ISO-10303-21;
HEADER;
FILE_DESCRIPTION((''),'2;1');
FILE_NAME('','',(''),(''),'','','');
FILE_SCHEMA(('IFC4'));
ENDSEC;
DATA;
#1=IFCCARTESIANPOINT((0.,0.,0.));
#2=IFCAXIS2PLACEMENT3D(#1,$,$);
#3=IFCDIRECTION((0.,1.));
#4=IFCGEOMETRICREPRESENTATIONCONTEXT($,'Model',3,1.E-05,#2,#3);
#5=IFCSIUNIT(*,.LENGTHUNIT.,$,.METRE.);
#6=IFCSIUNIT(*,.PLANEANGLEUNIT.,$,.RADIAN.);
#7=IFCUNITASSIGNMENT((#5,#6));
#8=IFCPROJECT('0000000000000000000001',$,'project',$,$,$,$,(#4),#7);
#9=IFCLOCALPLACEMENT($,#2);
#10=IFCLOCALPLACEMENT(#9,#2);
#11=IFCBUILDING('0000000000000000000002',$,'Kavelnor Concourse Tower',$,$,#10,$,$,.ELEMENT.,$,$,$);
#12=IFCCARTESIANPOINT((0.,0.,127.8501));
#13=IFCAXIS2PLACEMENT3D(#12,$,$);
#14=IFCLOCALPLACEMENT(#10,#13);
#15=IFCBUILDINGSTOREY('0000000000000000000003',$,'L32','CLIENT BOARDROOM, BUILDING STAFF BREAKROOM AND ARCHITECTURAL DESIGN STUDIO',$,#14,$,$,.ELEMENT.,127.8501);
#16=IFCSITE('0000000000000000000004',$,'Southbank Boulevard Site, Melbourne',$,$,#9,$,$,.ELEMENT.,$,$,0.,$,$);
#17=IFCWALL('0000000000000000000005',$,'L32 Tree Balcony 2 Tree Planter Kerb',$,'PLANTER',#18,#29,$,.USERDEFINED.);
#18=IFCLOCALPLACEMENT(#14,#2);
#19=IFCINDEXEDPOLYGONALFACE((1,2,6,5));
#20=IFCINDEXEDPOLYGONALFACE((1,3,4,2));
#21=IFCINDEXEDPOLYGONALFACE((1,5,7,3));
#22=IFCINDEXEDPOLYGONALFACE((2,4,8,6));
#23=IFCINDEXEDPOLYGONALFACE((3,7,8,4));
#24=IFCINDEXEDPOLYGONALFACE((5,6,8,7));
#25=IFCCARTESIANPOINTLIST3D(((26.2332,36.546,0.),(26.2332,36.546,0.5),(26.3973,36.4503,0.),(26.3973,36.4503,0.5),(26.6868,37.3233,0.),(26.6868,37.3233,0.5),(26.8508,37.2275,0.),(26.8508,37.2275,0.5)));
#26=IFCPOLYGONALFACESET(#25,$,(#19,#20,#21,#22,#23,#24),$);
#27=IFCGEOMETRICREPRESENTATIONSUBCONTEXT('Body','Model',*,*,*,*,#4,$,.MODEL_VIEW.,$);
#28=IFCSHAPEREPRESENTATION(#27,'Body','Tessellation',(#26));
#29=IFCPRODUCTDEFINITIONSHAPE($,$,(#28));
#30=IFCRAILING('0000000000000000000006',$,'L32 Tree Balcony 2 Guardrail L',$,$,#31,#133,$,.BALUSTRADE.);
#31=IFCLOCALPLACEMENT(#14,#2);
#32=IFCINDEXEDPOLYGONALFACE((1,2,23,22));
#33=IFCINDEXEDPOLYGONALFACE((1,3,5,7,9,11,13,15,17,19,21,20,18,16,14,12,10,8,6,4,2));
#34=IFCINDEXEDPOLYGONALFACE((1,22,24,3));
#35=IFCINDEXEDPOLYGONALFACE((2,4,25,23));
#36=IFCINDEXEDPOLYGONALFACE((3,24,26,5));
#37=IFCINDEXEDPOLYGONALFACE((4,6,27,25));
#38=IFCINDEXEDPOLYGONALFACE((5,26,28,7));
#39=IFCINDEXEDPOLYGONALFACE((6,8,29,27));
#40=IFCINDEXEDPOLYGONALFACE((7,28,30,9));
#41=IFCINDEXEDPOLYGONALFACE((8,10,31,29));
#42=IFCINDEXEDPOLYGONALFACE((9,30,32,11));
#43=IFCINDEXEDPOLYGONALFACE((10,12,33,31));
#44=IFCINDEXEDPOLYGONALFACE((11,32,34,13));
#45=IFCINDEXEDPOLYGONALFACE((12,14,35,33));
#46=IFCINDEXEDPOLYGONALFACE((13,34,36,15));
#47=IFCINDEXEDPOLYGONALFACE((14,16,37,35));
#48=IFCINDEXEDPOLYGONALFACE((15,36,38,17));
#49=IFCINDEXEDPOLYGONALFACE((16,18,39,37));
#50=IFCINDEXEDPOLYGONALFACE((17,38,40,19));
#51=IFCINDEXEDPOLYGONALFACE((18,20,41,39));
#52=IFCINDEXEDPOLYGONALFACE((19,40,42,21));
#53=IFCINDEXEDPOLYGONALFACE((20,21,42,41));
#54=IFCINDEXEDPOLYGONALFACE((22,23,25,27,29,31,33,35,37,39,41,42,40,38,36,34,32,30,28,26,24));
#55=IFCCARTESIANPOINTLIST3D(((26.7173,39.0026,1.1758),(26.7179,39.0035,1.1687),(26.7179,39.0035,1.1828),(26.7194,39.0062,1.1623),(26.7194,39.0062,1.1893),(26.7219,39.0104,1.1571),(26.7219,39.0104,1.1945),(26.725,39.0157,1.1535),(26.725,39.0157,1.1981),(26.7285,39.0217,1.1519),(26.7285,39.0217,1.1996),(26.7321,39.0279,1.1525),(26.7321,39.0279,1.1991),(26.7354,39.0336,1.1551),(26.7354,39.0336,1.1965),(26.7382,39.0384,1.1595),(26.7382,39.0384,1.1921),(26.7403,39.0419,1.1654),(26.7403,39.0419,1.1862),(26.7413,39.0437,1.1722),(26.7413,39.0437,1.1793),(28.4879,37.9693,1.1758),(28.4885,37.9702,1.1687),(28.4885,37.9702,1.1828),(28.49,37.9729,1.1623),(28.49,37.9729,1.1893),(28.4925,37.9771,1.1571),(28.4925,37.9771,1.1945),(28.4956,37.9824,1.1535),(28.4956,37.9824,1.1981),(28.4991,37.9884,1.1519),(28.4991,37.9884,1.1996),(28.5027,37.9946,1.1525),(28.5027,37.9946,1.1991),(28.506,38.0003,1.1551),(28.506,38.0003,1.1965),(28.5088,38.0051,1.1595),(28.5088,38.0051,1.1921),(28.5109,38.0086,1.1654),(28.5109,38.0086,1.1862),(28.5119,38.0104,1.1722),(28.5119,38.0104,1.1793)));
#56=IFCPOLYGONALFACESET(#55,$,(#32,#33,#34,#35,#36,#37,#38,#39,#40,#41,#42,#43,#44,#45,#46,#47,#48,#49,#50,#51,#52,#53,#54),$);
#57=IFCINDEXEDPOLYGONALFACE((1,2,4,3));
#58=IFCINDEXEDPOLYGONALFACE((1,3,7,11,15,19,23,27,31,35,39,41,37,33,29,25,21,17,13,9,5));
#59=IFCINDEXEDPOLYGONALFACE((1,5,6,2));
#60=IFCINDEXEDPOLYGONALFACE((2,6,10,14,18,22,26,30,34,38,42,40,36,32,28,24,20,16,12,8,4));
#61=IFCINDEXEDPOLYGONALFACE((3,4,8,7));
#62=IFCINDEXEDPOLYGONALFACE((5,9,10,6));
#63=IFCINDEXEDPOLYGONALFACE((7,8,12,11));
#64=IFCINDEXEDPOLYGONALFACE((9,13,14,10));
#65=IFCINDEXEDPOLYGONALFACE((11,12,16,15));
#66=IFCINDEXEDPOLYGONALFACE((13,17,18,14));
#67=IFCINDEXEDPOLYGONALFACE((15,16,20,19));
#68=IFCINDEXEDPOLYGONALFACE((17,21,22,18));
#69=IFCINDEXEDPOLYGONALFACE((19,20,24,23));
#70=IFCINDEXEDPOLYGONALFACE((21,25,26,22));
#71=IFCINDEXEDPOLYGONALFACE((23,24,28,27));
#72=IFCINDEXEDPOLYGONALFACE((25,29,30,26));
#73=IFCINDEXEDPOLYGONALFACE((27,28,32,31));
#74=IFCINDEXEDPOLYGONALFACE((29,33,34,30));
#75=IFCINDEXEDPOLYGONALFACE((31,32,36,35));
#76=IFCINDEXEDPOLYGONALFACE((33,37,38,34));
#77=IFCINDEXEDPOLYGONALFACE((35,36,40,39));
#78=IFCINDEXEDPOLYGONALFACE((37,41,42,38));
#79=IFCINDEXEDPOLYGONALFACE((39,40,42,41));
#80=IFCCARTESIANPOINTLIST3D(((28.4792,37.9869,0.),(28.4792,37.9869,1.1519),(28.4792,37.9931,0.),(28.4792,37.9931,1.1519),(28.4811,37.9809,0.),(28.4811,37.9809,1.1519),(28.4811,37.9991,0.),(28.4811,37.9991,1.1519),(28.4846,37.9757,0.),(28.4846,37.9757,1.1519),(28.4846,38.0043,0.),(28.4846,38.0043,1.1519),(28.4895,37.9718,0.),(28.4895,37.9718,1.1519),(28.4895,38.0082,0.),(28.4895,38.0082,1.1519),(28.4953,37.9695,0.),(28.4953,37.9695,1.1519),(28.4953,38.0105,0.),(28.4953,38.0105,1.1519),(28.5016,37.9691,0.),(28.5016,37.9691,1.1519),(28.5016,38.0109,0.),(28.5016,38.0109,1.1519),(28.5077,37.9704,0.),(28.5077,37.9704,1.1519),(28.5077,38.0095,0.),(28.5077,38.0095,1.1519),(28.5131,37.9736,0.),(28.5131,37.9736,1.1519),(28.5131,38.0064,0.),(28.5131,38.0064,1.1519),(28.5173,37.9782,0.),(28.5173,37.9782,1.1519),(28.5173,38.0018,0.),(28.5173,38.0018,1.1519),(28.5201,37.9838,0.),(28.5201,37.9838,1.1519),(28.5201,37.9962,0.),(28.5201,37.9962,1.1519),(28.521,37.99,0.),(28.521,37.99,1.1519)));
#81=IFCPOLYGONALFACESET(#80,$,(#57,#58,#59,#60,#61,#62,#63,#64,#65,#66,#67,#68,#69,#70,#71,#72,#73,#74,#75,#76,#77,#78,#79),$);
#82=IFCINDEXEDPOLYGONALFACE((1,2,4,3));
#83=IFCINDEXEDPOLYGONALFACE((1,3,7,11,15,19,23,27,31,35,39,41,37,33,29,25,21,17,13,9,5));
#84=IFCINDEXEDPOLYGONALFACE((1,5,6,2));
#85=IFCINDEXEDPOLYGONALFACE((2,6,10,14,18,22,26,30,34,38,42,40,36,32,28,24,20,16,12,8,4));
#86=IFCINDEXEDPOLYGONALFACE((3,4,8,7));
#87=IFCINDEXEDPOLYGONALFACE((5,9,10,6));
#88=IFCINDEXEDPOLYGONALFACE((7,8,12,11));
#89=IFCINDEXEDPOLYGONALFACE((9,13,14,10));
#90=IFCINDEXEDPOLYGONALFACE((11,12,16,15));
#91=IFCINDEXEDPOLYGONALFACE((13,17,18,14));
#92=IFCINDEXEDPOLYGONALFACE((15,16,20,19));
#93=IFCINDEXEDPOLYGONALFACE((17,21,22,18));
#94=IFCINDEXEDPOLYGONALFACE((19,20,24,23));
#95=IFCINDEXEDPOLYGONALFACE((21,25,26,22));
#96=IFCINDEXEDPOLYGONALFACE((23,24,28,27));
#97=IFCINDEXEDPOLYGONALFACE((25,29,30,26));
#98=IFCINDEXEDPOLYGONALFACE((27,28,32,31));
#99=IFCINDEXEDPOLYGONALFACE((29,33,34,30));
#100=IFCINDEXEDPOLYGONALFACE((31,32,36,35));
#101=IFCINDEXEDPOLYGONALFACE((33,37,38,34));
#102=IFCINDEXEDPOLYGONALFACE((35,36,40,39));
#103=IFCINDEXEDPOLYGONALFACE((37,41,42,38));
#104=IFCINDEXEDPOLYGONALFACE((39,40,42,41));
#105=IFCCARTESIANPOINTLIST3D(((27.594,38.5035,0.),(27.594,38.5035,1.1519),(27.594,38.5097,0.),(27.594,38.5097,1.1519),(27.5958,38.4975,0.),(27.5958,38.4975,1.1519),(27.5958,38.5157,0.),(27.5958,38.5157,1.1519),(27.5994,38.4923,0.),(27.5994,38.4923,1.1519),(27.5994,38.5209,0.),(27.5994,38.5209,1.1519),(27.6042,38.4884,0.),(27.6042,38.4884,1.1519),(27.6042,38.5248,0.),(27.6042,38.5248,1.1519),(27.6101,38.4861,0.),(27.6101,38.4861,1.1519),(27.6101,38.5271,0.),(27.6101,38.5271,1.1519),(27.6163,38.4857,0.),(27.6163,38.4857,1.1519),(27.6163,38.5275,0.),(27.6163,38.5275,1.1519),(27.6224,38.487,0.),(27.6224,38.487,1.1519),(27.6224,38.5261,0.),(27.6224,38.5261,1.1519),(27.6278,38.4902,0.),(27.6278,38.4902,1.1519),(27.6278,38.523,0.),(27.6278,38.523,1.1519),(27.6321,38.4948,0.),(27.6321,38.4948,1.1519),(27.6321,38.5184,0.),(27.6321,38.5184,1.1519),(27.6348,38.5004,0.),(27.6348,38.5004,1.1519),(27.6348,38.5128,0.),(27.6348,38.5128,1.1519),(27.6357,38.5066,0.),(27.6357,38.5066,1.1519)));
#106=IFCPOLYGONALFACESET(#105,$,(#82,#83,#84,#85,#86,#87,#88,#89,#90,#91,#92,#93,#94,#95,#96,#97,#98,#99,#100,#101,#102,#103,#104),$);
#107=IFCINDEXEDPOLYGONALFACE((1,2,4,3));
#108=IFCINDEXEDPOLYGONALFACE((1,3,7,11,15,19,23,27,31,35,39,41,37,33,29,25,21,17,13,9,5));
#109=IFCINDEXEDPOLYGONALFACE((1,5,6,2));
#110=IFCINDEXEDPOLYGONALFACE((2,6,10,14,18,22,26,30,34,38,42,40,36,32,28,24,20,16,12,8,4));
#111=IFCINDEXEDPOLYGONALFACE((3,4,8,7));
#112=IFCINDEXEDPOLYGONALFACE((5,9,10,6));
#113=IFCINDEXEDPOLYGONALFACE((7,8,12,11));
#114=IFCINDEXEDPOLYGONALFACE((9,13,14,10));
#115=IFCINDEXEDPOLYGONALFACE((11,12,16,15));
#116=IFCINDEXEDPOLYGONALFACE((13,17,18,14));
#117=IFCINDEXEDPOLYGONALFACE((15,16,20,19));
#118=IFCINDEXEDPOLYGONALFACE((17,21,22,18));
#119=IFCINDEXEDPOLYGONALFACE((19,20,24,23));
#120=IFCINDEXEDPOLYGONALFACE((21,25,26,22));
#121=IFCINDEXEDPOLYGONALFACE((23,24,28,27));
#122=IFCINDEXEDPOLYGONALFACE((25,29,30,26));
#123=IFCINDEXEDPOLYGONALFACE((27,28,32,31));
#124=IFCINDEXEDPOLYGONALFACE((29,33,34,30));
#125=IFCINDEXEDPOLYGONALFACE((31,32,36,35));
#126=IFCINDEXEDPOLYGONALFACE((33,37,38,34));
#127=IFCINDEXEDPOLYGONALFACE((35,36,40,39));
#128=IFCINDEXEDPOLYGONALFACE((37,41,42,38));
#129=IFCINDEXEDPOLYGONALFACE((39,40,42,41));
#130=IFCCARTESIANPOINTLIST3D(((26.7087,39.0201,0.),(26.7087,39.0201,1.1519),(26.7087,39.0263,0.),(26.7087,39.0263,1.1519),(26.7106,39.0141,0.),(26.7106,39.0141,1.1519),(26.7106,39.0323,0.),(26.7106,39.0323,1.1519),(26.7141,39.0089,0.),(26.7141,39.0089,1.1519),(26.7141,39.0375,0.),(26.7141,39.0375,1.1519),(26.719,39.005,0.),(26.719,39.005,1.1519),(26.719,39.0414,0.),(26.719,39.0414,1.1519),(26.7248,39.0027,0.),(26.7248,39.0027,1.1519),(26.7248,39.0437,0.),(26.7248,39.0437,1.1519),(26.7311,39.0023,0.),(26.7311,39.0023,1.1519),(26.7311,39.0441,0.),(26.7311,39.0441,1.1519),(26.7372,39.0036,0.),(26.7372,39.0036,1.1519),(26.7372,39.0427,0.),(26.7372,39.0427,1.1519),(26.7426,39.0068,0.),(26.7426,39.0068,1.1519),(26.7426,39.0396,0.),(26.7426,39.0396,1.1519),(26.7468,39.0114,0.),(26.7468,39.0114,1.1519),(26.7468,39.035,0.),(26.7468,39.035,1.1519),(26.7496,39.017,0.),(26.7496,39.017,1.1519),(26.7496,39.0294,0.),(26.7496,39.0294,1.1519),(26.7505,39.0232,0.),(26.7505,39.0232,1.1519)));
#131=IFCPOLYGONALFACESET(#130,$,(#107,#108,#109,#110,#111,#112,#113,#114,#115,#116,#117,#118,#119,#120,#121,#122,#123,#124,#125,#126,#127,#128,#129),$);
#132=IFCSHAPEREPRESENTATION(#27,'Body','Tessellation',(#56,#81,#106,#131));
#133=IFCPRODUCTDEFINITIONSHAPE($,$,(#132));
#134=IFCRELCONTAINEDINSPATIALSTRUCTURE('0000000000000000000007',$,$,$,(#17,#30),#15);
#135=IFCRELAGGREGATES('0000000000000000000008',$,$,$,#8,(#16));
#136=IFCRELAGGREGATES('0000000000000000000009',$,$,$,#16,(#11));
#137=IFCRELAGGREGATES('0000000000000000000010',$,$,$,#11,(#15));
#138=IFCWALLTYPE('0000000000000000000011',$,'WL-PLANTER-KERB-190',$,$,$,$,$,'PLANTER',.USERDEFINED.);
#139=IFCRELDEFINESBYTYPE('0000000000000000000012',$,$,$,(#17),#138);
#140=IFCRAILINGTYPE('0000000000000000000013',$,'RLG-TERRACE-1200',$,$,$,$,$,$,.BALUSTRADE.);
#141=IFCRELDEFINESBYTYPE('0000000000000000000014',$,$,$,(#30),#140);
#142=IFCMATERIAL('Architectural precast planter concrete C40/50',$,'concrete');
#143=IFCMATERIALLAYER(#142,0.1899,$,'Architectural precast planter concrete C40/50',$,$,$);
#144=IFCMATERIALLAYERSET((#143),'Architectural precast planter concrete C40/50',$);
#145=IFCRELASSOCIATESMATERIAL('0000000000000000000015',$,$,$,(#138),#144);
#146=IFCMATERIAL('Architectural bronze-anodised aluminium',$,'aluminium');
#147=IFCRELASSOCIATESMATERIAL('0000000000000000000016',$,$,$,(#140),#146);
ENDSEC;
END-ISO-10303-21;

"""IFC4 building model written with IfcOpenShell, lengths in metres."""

from ifc_helpers import new_model, si_unit, direction, frame, frame_2d, origin, origin_2d, place, context, subcontext, project, spatial, rectangle, circle, extrude, material, layer, layer_set, type_object, element, save


model = new_model("IFC4")

# Units and contexts
model_context = context("Model", 3, precision=1e-05, world=origin(), true_north=direction((0.0, 1.0)))
body_context = subcontext(model_context, "Body", "Model", "MODEL_VIEW")
ifc_project = project(units=[si_unit("LENGTHUNIT", "METRE"), si_unit("PLANEANGLEUNIT", "RADIAN")], contexts=[model_context])

# Site, building, storey
site_placement = place(None, origin())
site = spatial("IfcSite", under=ifc_project, at=site_placement, Name="Southbank Boulevard Site, Melbourne", CompositionType="ELEMENT", RefElevation=0.0)
building_placement = place(site_placement, origin())
building = spatial("IfcBuilding", under=site, at=building_placement, Name="Kavelnor Concourse Tower", CompositionType="ELEMENT")
storey_placement = place(building_placement, frame((0.0, 0.0, 127.8501)))
storey = spatial("IfcBuildingStorey", under=building, at=storey_placement, Name="L32", Description="CLIENT BOARDROOM, BUILDING STAFF BREAKROOM AND ARCHITECTURAL DESIGN STUDIO", CompositionType="ELEMENT", Elevation=127.8501)

# Wall
ifc_material_1 = material(Name="Architectural precast planter concrete C40/50", Category="concrete")
ifc_layer_1 = layer(ifc_material_1, 0.1899, Name="Architectural precast planter concrete C40/50")
ifc_layer_set_1 = layer_set([ifc_layer_1], Name="Architectural precast planter concrete C40/50")
wall_type_1 = type_object("IfcWallType", Name="WL-PLANTER-KERB-190", ElementType="PLANTER", PredefinedType="USERDEFINED", material=ifc_layer_set_1)
wall_1_placement = place(storey_placement, frame((26.7688, 37.2754, 0.0), z_axis=(0.0, 0.0, 1.0), x_axis=(-0.504006, -0.8637, 0.0)))
element("IfcWall", 1, at=wall_1_placement, inside=storey, type_object=wall_type_1, Name="L32 Tree Balcony 2 Tree Planter Kerb", ObjectType="PLANTER", PredefinedType="USERDEFINED", context=body_context, shape_type="SweptSolid", body=[
    extrude(rectangle(XDim=0.8999, YDim=0.1899, at=frame_2d((0.45, 0.0))), origin(), (0.0, 0.0, 1.0), 0.5),
])

# Railing
ifc_material_2 = material(Name="Architectural bronze-anodised aluminium", Category="aluminium")
railing_type = type_object("IfcRailingType", Name="RLG-TERRACE-1200", PredefinedType="BALUSTRADE", material=ifc_material_2)
railing_1_placement = place(storey_placement, frame((28.5, 37.99, 0.0)))
element("IfcRailing", 2, at=railing_1_placement, inside=storey, type_object=railing_type, Name="L32 Tree Balcony 2 Guardrail L", PredefinedType="BALUSTRADE", context=body_context, shape_type="SweptSolid", body=[
    extrude(circle(Radius=0.0239, at=origin_2d()), frame((0.0, 0.0, 1.1758), z_axis=(-0.863692, 0.504019, 0.0), x_axis=(-0.504019, -0.863692, 0.0)), (0.0, 0.0, 1.0), 2.05),
    extrude(circle(Radius=0.021, at=origin_2d()), origin(), (0.0, 0.0, 1.0), 1.1519),
    extrude(circle(Radius=0.021, at=origin_2d()), frame((-0.8853, 0.5166, 0.0)), (0.0, 0.0, 1.0), 1.1519),
    extrude(circle(Radius=0.021, at=origin_2d()), frame((-1.7705, 1.0332, 0.0)), (0.0, 0.0, 1.0), 1.1519),
])

save(model, "model.ifc")
